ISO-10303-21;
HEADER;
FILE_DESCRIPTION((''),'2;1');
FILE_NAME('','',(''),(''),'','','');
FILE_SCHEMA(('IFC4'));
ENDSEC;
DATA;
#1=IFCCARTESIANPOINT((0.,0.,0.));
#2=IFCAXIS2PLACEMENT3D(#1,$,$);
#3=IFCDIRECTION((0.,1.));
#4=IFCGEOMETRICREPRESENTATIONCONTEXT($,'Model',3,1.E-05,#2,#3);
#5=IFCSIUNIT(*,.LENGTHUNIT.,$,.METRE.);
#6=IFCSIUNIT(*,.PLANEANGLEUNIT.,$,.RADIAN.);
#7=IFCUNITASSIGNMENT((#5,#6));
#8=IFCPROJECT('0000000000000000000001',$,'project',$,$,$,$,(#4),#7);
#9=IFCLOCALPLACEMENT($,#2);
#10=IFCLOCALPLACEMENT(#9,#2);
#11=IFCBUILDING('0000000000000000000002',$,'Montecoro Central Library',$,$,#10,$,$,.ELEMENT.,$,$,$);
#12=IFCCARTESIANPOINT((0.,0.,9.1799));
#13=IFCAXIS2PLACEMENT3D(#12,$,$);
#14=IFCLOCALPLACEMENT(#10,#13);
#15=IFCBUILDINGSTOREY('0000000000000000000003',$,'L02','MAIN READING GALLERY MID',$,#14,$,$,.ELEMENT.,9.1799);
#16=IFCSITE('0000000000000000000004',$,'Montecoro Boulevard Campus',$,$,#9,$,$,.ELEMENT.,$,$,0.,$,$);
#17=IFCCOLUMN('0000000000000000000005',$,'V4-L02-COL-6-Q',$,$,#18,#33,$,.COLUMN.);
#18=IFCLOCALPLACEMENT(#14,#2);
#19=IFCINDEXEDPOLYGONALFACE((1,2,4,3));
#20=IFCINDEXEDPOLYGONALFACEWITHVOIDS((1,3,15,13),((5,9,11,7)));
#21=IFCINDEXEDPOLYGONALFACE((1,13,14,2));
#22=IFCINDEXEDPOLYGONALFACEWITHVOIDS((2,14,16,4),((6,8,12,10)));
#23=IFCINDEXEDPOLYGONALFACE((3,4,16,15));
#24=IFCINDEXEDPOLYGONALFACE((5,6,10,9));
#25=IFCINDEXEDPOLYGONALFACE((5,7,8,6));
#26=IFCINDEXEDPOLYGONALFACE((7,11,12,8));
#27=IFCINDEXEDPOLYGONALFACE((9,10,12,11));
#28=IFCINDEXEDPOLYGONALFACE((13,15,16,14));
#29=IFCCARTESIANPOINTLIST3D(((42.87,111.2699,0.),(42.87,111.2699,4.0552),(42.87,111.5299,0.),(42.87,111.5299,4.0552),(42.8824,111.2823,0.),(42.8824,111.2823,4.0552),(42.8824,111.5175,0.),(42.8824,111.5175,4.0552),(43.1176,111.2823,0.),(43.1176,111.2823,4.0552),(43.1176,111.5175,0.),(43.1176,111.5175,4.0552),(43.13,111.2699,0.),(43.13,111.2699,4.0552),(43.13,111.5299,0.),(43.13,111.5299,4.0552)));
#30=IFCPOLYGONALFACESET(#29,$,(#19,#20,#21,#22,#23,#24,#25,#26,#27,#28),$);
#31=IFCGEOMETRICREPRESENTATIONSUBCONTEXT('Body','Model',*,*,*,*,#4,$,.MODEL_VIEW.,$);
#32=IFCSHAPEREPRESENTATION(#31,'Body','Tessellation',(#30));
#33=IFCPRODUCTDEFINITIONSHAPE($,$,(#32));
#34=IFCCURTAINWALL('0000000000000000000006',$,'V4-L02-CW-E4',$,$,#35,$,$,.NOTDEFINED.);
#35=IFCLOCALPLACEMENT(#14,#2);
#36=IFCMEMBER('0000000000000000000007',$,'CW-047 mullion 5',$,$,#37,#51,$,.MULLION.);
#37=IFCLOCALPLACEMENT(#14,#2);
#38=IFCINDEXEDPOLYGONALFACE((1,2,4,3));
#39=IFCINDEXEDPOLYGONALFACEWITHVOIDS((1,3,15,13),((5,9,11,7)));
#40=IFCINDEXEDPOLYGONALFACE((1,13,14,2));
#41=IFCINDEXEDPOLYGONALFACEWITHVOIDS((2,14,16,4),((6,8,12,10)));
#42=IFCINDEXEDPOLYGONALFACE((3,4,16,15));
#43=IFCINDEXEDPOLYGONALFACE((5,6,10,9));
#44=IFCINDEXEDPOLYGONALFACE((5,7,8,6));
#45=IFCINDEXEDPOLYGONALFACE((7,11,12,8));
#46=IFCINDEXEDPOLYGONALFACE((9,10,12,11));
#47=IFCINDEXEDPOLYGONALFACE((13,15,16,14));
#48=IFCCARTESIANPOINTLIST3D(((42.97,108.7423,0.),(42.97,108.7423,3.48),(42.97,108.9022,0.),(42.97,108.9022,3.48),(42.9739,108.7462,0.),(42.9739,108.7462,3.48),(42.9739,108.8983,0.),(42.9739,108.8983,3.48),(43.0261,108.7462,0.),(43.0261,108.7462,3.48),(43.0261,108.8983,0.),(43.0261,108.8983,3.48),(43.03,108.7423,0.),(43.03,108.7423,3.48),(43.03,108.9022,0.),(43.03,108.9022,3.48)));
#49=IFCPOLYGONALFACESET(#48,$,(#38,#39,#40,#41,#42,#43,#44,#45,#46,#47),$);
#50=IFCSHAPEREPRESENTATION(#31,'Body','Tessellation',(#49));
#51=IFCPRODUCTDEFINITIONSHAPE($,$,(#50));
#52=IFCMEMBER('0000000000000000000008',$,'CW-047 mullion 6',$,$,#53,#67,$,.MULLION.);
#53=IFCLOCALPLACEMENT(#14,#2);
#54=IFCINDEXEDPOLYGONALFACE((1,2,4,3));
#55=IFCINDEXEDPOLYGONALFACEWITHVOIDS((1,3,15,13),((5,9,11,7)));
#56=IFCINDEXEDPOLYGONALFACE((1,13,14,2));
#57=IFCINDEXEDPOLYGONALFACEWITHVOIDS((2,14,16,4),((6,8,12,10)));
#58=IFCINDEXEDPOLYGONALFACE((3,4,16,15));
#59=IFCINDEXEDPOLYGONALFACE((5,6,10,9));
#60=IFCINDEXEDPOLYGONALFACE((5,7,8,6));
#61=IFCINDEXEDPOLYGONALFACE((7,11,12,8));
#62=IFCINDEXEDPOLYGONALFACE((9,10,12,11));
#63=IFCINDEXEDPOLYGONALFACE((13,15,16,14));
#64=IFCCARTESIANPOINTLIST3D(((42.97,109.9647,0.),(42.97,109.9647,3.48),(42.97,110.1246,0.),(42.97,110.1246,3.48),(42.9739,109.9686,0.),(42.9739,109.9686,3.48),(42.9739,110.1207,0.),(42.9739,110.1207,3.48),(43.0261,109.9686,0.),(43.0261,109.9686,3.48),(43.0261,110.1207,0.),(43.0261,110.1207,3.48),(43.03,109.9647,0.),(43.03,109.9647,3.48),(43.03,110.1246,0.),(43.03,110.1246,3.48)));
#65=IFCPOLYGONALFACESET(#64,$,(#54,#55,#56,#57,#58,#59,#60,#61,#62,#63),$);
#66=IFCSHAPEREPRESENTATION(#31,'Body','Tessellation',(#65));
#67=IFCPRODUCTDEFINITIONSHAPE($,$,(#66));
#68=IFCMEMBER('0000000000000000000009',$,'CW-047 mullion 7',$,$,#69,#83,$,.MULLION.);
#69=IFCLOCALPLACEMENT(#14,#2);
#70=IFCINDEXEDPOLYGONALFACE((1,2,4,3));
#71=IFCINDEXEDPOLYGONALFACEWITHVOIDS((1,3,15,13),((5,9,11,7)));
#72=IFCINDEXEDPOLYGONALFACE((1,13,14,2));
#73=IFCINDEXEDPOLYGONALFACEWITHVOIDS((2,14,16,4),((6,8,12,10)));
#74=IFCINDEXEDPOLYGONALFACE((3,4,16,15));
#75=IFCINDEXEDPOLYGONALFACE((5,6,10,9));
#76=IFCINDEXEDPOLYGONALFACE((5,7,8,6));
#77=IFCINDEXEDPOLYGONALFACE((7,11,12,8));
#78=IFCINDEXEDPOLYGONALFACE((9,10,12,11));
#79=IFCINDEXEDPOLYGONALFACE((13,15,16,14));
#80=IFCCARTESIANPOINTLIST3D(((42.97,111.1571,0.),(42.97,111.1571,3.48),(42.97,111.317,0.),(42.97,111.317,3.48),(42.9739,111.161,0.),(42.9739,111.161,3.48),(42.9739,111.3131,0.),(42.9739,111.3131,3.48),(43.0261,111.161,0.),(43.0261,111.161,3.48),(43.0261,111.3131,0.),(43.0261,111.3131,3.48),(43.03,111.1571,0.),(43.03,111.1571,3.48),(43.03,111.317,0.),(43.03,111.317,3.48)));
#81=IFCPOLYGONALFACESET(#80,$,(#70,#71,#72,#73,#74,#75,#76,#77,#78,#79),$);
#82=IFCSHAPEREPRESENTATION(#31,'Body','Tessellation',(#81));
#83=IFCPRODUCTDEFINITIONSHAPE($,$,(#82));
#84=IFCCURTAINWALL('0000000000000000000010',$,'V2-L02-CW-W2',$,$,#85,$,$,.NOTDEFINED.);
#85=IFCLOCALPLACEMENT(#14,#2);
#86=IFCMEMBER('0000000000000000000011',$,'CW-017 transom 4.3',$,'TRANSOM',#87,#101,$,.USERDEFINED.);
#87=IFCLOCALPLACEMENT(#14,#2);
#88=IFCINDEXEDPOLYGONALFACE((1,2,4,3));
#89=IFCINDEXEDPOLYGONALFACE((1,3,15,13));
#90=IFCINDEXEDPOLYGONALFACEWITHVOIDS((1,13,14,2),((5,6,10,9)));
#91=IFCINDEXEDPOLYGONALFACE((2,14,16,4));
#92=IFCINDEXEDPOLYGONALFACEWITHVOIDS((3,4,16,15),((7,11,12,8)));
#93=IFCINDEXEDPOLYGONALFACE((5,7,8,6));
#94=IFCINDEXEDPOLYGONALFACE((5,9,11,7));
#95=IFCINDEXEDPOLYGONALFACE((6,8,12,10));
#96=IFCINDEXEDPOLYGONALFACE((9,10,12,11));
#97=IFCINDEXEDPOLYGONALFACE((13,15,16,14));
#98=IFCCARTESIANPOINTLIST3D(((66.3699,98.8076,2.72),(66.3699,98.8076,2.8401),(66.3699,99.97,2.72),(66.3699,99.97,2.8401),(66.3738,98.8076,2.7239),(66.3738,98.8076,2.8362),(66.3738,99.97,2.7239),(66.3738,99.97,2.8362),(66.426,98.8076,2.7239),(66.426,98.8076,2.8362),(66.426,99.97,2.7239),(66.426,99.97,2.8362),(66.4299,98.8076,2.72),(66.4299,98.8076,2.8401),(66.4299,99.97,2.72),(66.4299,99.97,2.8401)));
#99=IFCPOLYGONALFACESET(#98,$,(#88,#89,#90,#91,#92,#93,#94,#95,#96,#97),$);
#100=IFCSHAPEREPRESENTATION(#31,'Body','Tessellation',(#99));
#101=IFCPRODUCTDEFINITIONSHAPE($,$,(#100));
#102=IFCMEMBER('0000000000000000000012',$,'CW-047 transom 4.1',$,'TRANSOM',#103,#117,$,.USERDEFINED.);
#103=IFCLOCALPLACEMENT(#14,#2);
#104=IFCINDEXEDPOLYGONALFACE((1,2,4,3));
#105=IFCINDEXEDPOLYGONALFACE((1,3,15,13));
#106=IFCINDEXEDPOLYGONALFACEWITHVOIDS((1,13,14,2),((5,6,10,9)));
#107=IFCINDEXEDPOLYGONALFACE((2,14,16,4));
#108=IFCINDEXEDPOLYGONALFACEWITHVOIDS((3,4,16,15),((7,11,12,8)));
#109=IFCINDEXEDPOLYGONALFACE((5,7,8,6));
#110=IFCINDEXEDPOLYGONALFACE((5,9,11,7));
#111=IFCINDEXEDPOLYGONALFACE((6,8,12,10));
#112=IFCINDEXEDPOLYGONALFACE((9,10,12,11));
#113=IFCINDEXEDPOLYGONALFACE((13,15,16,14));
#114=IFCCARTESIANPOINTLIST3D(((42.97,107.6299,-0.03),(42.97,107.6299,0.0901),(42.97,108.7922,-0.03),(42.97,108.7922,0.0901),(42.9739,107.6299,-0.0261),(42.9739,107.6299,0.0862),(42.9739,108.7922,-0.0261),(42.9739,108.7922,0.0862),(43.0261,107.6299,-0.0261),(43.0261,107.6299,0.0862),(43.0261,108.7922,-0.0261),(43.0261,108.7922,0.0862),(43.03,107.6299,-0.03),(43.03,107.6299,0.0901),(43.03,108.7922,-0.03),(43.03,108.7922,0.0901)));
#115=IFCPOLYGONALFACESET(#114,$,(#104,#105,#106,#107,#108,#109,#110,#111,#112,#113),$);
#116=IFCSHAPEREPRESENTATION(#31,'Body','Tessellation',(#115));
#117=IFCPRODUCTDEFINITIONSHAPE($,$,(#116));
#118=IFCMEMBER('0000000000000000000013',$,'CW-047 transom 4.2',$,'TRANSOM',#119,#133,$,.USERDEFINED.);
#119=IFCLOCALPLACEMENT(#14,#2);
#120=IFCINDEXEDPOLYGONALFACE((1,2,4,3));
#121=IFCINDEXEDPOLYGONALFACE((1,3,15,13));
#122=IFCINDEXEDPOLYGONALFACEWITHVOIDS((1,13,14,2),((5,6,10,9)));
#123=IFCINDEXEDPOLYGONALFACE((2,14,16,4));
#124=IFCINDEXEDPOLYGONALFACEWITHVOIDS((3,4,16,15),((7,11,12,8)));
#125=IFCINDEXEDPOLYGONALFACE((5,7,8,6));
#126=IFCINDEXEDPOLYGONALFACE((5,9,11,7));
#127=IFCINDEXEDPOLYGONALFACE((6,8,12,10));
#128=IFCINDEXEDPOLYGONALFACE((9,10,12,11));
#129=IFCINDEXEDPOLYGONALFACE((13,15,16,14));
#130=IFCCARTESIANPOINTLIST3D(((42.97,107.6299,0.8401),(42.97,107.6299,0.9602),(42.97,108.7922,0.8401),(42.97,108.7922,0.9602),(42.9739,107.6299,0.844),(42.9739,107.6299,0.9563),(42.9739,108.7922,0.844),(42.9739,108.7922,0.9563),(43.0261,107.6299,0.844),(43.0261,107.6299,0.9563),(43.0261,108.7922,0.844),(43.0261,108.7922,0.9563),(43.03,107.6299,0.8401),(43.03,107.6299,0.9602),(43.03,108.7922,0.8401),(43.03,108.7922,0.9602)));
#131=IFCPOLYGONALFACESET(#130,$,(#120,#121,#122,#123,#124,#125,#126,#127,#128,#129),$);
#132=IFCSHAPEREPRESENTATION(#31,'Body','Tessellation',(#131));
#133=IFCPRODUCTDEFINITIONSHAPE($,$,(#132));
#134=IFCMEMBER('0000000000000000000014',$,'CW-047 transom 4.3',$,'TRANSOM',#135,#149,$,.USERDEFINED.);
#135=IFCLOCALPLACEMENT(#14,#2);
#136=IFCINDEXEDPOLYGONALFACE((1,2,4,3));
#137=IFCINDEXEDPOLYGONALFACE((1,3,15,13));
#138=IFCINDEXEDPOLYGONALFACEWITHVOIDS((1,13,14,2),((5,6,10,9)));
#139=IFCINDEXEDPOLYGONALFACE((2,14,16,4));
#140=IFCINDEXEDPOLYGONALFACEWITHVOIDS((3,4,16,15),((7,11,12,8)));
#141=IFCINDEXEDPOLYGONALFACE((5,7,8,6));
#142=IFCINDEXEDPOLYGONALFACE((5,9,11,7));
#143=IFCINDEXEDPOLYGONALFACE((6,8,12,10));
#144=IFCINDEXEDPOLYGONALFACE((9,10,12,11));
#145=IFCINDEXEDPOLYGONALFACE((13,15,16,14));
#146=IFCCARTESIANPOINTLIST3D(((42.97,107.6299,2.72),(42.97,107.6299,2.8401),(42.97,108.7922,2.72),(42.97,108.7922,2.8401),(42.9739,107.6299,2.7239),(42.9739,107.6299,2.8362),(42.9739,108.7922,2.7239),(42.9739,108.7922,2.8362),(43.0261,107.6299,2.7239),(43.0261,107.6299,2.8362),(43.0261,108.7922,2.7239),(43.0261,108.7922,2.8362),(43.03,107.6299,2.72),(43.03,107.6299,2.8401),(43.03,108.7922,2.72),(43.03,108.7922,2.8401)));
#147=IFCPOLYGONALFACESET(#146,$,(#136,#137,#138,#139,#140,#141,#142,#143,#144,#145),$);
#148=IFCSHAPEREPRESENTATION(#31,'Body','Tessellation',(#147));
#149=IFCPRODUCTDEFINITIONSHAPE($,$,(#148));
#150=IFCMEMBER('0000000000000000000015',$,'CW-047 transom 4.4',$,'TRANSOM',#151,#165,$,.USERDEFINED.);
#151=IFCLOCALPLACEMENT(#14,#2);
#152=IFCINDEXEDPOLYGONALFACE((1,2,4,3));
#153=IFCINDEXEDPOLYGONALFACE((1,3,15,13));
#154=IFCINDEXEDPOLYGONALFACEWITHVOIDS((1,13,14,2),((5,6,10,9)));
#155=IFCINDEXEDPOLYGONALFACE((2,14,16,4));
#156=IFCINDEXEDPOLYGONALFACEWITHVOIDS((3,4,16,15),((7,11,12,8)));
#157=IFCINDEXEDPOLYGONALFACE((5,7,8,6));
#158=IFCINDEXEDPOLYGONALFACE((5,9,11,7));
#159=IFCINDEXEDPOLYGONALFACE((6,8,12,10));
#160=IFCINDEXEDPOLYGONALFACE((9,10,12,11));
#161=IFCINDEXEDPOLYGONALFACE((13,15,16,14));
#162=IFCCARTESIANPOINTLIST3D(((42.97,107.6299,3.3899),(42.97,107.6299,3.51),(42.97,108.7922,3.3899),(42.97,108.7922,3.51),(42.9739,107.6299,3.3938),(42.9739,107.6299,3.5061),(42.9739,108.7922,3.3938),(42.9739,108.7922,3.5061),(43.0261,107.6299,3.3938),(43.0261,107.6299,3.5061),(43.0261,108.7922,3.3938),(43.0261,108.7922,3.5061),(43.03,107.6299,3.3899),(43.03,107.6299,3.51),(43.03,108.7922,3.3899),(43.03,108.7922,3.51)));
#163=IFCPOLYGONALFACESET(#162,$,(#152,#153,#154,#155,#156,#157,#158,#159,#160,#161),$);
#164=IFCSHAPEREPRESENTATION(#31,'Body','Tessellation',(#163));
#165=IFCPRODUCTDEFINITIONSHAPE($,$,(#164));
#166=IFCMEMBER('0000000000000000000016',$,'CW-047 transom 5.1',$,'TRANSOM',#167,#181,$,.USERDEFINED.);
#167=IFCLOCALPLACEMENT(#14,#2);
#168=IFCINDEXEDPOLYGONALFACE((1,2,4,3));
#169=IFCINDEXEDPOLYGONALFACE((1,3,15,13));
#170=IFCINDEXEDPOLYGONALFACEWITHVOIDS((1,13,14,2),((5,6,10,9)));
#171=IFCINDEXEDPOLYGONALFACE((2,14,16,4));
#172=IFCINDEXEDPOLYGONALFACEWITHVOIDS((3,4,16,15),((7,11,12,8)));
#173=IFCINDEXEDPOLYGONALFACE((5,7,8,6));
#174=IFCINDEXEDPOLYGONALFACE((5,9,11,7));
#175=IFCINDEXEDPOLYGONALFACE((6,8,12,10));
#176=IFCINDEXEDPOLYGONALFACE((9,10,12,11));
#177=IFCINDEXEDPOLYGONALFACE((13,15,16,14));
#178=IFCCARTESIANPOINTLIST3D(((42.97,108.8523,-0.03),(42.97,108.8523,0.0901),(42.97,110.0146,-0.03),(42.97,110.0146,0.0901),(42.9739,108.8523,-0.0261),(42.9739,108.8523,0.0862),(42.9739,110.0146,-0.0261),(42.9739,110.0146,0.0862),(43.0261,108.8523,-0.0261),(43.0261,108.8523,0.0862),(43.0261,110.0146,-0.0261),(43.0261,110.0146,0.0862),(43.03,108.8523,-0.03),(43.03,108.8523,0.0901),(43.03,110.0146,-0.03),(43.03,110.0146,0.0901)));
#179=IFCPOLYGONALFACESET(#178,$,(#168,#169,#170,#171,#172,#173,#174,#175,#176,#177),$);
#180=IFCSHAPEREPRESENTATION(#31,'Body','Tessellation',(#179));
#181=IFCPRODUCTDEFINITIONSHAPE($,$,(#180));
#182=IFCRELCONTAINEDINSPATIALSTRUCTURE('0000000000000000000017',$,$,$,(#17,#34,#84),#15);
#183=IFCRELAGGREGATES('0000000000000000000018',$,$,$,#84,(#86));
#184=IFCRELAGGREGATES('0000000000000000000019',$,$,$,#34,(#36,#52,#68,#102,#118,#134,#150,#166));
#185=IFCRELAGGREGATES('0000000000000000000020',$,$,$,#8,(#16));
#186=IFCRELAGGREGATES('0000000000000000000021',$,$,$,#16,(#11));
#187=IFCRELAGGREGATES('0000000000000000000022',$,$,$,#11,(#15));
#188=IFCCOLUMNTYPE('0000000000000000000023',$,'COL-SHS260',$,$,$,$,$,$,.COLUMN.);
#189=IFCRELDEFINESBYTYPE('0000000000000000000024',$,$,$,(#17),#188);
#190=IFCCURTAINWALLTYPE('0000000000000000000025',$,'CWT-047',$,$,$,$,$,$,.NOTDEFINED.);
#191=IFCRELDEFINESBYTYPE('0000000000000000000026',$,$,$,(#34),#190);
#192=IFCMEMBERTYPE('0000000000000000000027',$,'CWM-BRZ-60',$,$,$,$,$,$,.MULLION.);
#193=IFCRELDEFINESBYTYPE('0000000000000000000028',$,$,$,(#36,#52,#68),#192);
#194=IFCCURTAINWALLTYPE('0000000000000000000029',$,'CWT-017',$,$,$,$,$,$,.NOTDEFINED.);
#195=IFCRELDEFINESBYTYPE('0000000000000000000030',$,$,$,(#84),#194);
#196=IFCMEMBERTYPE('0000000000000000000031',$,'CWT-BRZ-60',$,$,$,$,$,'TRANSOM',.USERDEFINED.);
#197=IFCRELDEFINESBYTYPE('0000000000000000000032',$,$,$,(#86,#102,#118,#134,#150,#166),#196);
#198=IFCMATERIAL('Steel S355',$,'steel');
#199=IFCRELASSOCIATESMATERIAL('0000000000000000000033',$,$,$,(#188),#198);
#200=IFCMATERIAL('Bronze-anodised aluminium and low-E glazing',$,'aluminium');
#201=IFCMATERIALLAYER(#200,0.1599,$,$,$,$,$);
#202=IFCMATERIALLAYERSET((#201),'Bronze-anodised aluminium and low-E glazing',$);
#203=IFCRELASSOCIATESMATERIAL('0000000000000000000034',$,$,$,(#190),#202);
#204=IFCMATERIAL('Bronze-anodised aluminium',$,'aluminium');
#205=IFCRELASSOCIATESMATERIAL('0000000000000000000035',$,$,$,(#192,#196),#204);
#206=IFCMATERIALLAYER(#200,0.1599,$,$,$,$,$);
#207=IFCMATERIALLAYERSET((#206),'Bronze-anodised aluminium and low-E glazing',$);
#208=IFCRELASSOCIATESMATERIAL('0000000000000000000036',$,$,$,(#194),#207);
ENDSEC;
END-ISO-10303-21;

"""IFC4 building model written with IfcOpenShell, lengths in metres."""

from ifc_helpers import new_model, si_unit, direction, frame, origin, origin_2d, place, context, subcontext, project, spatial, hollow_rectangle, extrude, material, layer, layer_set, material_profile, profile_set, type_object, element, aggregate, save


model = new_model("IFC4")

# Units and contexts
model_context = context("Model", 3, precision=1e-05, world=origin(), true_north=direction((0.0, 1.0)))
body_context = subcontext(model_context, "Body", "Model", "MODEL_VIEW")
ifc_project = project(units=[si_unit("LENGTHUNIT", "METRE"), si_unit("PLANEANGLEUNIT", "RADIAN")], contexts=[model_context])

# Site, building, storey
site_placement = place(None, origin())
site = spatial("IfcSite", under=ifc_project, at=site_placement, Name="Montecoro Boulevard Campus", CompositionType="ELEMENT", RefElevation=0.0)
building_placement = place(site_placement, origin())
building = spatial("IfcBuilding", under=site, at=building_placement, Name="Montecoro Central Library", CompositionType="ELEMENT")
storey_placement = place(building_placement, frame((0.0, 0.0, 9.1799)))
storey = spatial("IfcBuildingStorey", under=building, at=storey_placement, Name="L02", Description="MAIN READING GALLERY MID", CompositionType="ELEMENT", Elevation=9.1799)

# Column
ifc_material_1 = material(Name="Steel S355", Category="steel")
ifc_material_profile_1 = material_profile(ifc_material_1, hollow_rectangle(XDim=0.26, YDim=0.26, WallThickness=0.0125, at=origin_2d()), Name="SHS 260x260x12.5")
ifc_profile_set_1 = profile_set([ifc_material_profile_1], Name="Steel S355")
column_type = type_object("IfcColumnType", Name="COL-SHS260", PredefinedType="COLUMN", material=ifc_profile_set_1)
column_placement = place(storey_placement, frame((43.0, 111.3999, 0.0), z_axis=(0.0, 0.0, 1.0), x_axis=(1.0, 0.0, 0.0)))
element("IfcColumn", 1, at=column_placement, inside=storey, type_object=column_type, Name="V4-L02-COL-6-Q", PredefinedType="COLUMN", context=body_context, shape_type="SweptSolid", body=[
    extrude(hollow_rectangle(XDim=0.26, YDim=0.26, WallThickness=0.0125, at=origin_2d()), origin(), (0.0, 0.0, 1.0), 4.0552),
])

# Curtain wall, members
ifc_material_2 = material(Name="Bronze-anodised aluminium and low-E glazing", Category="aluminium")
ifc_layer_1 = layer(ifc_material_2, 0.1599)
ifc_layer_set_1 = layer_set([ifc_layer_1], Name="Bronze-anodised aluminium and low-E glazing")
curtain_wall_type_1 = type_object("IfcCurtainWallType", Name="CWT-047", PredefinedType="NOTDEFINED", material=ifc_layer_set_1)
curtain_wall_1_placement = place(storey_placement, origin())
curtain_wall_1 = element("IfcCurtainWall", 2, at=curtain_wall_1_placement, inside=storey, type_object=curtain_wall_type_1, Name="V4-L02-CW-E4", PredefinedType="NOTDEFINED")
ifc_material_3 = material(Name="Bronze-anodised aluminium", Category="aluminium")
ifc_material_profile_2 = material_profile(ifc_material_3, hollow_rectangle(XDim=0.0601, YDim=0.1599, WallThickness=0.0039, at=origin_2d()), Name="CWM 160x60x4.0")
ifc_profile_set_2 = profile_set([ifc_material_profile_2], Name="Bronze-anodised aluminium")
member_type_1 = type_object("IfcMemberType", Name="CWM-BRZ-60", PredefinedType="MULLION", material=ifc_profile_set_2)
member_1_placement = place(storey_placement, frame((43.0, 108.8223, 0.0), z_axis=(0.0, 0.0, 1.0), x_axis=(-1.0, 0.0, 0.0)))
member_1 = element("IfcMember", 3, at=member_1_placement, type_object=member_type_1, Name="CW-047 mullion 5", PredefinedType="MULLION", context=body_context, shape_type="SweptSolid", body=[
    extrude(hollow_rectangle(XDim=0.0601, YDim=0.1599, WallThickness=0.0039, at=origin_2d()), origin(), (0.0, 0.0, 1.0), 3.48),
])
member_2_placement = place(storey_placement, frame((43.0, 110.0447, 0.0), z_axis=(0.0, 0.0, 1.0), x_axis=(-1.0, 0.0, 0.0)))
member_2 = element("IfcMember", 4, at=member_2_placement, type_object=member_type_1, Name="CW-047 mullion 6", PredefinedType="MULLION", context=body_context, shape_type="SweptSolid", body=[
    extrude(hollow_rectangle(XDim=0.0601, YDim=0.1599, WallThickness=0.0039, at=origin_2d()), origin(), (0.0, 0.0, 1.0), 3.48),
])
member_3_placement = place(storey_placement, frame((43.0, 111.2371, 0.0), z_axis=(0.0, 0.0, 1.0), x_axis=(-1.0, 0.0, 0.0)))
member_3 = element("IfcMember", 5, at=member_3_placement, type_object=member_type_1, Name="CW-047 mullion 7", PredefinedType="MULLION", context=body_context, shape_type="SweptSolid", body=[
    extrude(hollow_rectangle(XDim=0.0601, YDim=0.1599, WallThickness=0.0039, at=origin_2d()), origin(), (0.0, 0.0, 1.0), 3.48),
])

# Curtain wall, member
ifc_layer_2 = layer(ifc_material_2, 0.1599)
ifc_layer_set_2 = layer_set([ifc_layer_2], Name="Bronze-anodised aluminium and low-E glazing")
curtain_wall_type_2 = type_object("IfcCurtainWallType", Name="CWT-017", PredefinedType="NOTDEFINED", material=ifc_layer_set_2)
curtain_wall_2_placement = place(storey_placement, origin())
curtain_wall_2 = element("IfcCurtainWall", 6, at=curtain_wall_2_placement, inside=storey, type_object=curtain_wall_type_2, Name="V2-L02-CW-W2", PredefinedType="NOTDEFINED")
ifc_material_profile_3 = material_profile(ifc_material_3, hollow_rectangle(XDim=0.0601, YDim=0.1201, WallThickness=0.0039, at=origin_2d()), Name="CWT 120x60x4.0")
ifc_profile_set_3 = profile_set([ifc_material_profile_3], Name="Bronze-anodised aluminium")
member_type_2 = type_object("IfcMemberType", Name="CWT-BRZ-60", ElementType="TRANSOM", PredefinedType="USERDEFINED", material=ifc_profile_set_3)
member_4_placement = place(storey_placement, frame((66.3999, 99.97, 2.78), z_axis=(0.0, -1.0, 0.0), x_axis=(1.0, 0.0, 0.0)))
member_4 = element("IfcMember", 7, at=member_4_placement, type_object=member_type_2, Name="CW-017 transom 4.3", ObjectType="TRANSOM", PredefinedType="USERDEFINED", context=body_context, shape_type="SweptSolid", body=[
    extrude(hollow_rectangle(XDim=0.0601, YDim=0.1201, WallThickness=0.0039, at=origin_2d()), origin(), (0.0, 0.0, 1.0), 1.1624),
])
aggregate(curtain_wall_2, [member_4])

# Members
member_5_placement = place(storey_placement, frame((43.0, 107.6299, 0.03), z_axis=(0.0, 1.0, 0.0), x_axis=(-1.0, 0.0, 0.0)))
member_5 = element("IfcMember", 8, at=member_5_placement, type_object=member_type_2, Name="CW-047 transom 4.1", ObjectType="TRANSOM", PredefinedType="USERDEFINED", context=body_context, shape_type="SweptSolid", body=[
    extrude(hollow_rectangle(XDim=0.0601, YDim=0.1201, WallThickness=0.0039, at=origin_2d()), origin(), (0.0, 0.0, 1.0), 1.1624),
])
member_6_placement = place(storey_placement, frame((43.0, 107.6299, 0.9001), z_axis=(0.0, 1.0, 0.0), x_axis=(-1.0, 0.0, 0.0)))
member_6 = element("IfcMember", 9, at=member_6_placement, type_object=member_type_2, Name="CW-047 transom 4.2", ObjectType="TRANSOM", PredefinedType="USERDEFINED", context=body_context, shape_type="SweptSolid", body=[
    extrude(hollow_rectangle(XDim=0.0601, YDim=0.1201, WallThickness=0.0039, at=origin_2d()), origin(), (0.0, 0.0, 1.0), 1.1624),
])
member_7_placement = place(storey_placement, frame((43.0, 107.6299, 2.78), z_axis=(0.0, 1.0, 0.0), x_axis=(-1.0, 0.0, 0.0)))
member_7 = element("IfcMember", 10, at=member_7_placement, type_object=member_type_2, Name="CW-047 transom 4.3", ObjectType="TRANSOM", PredefinedType="USERDEFINED", context=body_context, shape_type="SweptSolid", body=[
    extrude(hollow_rectangle(XDim=0.0601, YDim=0.1201, WallThickness=0.0039, at=origin_2d()), origin(), (0.0, 0.0, 1.0), 1.1624),
])
member_8_placement = place(storey_placement, frame((43.0, 107.6299, 3.45), z_axis=(0.0, 1.0, 0.0), x_axis=(-1.0, 0.0, 0.0)))
member_8 = element("IfcMember", 11, at=member_8_placement, type_object=member_type_2, Name="CW-047 transom 4.4", ObjectType="TRANSOM", PredefinedType="USERDEFINED", context=body_context, shape_type="SweptSolid", body=[
    extrude(hollow_rectangle(XDim=0.0601, YDim=0.1201, WallThickness=0.0039, at=origin_2d()), origin(), (0.0, 0.0, 1.0), 1.1624),
])
member_9_placement = place(storey_placement, frame((43.0, 108.8523, 0.03), z_axis=(0.0, 1.0, 0.0), x_axis=(-1.0, 0.0, 0.0)))
member_9 = element("IfcMember", 12, at=member_9_placement, type_object=member_type_2, Name="CW-047 transom 5.1", ObjectType="TRANSOM", PredefinedType="USERDEFINED", context=body_context, shape_type="SweptSolid", body=[
    extrude(hollow_rectangle(XDim=0.0601, YDim=0.1201, WallThickness=0.0039, at=origin_2d()), origin(), (0.0, 0.0, 1.0), 1.1624),
])

aggregate(curtain_wall_1, [member_1, member_2, member_3, member_5, member_6, member_7, member_8, member_9])

save(model, "model.ifc")
